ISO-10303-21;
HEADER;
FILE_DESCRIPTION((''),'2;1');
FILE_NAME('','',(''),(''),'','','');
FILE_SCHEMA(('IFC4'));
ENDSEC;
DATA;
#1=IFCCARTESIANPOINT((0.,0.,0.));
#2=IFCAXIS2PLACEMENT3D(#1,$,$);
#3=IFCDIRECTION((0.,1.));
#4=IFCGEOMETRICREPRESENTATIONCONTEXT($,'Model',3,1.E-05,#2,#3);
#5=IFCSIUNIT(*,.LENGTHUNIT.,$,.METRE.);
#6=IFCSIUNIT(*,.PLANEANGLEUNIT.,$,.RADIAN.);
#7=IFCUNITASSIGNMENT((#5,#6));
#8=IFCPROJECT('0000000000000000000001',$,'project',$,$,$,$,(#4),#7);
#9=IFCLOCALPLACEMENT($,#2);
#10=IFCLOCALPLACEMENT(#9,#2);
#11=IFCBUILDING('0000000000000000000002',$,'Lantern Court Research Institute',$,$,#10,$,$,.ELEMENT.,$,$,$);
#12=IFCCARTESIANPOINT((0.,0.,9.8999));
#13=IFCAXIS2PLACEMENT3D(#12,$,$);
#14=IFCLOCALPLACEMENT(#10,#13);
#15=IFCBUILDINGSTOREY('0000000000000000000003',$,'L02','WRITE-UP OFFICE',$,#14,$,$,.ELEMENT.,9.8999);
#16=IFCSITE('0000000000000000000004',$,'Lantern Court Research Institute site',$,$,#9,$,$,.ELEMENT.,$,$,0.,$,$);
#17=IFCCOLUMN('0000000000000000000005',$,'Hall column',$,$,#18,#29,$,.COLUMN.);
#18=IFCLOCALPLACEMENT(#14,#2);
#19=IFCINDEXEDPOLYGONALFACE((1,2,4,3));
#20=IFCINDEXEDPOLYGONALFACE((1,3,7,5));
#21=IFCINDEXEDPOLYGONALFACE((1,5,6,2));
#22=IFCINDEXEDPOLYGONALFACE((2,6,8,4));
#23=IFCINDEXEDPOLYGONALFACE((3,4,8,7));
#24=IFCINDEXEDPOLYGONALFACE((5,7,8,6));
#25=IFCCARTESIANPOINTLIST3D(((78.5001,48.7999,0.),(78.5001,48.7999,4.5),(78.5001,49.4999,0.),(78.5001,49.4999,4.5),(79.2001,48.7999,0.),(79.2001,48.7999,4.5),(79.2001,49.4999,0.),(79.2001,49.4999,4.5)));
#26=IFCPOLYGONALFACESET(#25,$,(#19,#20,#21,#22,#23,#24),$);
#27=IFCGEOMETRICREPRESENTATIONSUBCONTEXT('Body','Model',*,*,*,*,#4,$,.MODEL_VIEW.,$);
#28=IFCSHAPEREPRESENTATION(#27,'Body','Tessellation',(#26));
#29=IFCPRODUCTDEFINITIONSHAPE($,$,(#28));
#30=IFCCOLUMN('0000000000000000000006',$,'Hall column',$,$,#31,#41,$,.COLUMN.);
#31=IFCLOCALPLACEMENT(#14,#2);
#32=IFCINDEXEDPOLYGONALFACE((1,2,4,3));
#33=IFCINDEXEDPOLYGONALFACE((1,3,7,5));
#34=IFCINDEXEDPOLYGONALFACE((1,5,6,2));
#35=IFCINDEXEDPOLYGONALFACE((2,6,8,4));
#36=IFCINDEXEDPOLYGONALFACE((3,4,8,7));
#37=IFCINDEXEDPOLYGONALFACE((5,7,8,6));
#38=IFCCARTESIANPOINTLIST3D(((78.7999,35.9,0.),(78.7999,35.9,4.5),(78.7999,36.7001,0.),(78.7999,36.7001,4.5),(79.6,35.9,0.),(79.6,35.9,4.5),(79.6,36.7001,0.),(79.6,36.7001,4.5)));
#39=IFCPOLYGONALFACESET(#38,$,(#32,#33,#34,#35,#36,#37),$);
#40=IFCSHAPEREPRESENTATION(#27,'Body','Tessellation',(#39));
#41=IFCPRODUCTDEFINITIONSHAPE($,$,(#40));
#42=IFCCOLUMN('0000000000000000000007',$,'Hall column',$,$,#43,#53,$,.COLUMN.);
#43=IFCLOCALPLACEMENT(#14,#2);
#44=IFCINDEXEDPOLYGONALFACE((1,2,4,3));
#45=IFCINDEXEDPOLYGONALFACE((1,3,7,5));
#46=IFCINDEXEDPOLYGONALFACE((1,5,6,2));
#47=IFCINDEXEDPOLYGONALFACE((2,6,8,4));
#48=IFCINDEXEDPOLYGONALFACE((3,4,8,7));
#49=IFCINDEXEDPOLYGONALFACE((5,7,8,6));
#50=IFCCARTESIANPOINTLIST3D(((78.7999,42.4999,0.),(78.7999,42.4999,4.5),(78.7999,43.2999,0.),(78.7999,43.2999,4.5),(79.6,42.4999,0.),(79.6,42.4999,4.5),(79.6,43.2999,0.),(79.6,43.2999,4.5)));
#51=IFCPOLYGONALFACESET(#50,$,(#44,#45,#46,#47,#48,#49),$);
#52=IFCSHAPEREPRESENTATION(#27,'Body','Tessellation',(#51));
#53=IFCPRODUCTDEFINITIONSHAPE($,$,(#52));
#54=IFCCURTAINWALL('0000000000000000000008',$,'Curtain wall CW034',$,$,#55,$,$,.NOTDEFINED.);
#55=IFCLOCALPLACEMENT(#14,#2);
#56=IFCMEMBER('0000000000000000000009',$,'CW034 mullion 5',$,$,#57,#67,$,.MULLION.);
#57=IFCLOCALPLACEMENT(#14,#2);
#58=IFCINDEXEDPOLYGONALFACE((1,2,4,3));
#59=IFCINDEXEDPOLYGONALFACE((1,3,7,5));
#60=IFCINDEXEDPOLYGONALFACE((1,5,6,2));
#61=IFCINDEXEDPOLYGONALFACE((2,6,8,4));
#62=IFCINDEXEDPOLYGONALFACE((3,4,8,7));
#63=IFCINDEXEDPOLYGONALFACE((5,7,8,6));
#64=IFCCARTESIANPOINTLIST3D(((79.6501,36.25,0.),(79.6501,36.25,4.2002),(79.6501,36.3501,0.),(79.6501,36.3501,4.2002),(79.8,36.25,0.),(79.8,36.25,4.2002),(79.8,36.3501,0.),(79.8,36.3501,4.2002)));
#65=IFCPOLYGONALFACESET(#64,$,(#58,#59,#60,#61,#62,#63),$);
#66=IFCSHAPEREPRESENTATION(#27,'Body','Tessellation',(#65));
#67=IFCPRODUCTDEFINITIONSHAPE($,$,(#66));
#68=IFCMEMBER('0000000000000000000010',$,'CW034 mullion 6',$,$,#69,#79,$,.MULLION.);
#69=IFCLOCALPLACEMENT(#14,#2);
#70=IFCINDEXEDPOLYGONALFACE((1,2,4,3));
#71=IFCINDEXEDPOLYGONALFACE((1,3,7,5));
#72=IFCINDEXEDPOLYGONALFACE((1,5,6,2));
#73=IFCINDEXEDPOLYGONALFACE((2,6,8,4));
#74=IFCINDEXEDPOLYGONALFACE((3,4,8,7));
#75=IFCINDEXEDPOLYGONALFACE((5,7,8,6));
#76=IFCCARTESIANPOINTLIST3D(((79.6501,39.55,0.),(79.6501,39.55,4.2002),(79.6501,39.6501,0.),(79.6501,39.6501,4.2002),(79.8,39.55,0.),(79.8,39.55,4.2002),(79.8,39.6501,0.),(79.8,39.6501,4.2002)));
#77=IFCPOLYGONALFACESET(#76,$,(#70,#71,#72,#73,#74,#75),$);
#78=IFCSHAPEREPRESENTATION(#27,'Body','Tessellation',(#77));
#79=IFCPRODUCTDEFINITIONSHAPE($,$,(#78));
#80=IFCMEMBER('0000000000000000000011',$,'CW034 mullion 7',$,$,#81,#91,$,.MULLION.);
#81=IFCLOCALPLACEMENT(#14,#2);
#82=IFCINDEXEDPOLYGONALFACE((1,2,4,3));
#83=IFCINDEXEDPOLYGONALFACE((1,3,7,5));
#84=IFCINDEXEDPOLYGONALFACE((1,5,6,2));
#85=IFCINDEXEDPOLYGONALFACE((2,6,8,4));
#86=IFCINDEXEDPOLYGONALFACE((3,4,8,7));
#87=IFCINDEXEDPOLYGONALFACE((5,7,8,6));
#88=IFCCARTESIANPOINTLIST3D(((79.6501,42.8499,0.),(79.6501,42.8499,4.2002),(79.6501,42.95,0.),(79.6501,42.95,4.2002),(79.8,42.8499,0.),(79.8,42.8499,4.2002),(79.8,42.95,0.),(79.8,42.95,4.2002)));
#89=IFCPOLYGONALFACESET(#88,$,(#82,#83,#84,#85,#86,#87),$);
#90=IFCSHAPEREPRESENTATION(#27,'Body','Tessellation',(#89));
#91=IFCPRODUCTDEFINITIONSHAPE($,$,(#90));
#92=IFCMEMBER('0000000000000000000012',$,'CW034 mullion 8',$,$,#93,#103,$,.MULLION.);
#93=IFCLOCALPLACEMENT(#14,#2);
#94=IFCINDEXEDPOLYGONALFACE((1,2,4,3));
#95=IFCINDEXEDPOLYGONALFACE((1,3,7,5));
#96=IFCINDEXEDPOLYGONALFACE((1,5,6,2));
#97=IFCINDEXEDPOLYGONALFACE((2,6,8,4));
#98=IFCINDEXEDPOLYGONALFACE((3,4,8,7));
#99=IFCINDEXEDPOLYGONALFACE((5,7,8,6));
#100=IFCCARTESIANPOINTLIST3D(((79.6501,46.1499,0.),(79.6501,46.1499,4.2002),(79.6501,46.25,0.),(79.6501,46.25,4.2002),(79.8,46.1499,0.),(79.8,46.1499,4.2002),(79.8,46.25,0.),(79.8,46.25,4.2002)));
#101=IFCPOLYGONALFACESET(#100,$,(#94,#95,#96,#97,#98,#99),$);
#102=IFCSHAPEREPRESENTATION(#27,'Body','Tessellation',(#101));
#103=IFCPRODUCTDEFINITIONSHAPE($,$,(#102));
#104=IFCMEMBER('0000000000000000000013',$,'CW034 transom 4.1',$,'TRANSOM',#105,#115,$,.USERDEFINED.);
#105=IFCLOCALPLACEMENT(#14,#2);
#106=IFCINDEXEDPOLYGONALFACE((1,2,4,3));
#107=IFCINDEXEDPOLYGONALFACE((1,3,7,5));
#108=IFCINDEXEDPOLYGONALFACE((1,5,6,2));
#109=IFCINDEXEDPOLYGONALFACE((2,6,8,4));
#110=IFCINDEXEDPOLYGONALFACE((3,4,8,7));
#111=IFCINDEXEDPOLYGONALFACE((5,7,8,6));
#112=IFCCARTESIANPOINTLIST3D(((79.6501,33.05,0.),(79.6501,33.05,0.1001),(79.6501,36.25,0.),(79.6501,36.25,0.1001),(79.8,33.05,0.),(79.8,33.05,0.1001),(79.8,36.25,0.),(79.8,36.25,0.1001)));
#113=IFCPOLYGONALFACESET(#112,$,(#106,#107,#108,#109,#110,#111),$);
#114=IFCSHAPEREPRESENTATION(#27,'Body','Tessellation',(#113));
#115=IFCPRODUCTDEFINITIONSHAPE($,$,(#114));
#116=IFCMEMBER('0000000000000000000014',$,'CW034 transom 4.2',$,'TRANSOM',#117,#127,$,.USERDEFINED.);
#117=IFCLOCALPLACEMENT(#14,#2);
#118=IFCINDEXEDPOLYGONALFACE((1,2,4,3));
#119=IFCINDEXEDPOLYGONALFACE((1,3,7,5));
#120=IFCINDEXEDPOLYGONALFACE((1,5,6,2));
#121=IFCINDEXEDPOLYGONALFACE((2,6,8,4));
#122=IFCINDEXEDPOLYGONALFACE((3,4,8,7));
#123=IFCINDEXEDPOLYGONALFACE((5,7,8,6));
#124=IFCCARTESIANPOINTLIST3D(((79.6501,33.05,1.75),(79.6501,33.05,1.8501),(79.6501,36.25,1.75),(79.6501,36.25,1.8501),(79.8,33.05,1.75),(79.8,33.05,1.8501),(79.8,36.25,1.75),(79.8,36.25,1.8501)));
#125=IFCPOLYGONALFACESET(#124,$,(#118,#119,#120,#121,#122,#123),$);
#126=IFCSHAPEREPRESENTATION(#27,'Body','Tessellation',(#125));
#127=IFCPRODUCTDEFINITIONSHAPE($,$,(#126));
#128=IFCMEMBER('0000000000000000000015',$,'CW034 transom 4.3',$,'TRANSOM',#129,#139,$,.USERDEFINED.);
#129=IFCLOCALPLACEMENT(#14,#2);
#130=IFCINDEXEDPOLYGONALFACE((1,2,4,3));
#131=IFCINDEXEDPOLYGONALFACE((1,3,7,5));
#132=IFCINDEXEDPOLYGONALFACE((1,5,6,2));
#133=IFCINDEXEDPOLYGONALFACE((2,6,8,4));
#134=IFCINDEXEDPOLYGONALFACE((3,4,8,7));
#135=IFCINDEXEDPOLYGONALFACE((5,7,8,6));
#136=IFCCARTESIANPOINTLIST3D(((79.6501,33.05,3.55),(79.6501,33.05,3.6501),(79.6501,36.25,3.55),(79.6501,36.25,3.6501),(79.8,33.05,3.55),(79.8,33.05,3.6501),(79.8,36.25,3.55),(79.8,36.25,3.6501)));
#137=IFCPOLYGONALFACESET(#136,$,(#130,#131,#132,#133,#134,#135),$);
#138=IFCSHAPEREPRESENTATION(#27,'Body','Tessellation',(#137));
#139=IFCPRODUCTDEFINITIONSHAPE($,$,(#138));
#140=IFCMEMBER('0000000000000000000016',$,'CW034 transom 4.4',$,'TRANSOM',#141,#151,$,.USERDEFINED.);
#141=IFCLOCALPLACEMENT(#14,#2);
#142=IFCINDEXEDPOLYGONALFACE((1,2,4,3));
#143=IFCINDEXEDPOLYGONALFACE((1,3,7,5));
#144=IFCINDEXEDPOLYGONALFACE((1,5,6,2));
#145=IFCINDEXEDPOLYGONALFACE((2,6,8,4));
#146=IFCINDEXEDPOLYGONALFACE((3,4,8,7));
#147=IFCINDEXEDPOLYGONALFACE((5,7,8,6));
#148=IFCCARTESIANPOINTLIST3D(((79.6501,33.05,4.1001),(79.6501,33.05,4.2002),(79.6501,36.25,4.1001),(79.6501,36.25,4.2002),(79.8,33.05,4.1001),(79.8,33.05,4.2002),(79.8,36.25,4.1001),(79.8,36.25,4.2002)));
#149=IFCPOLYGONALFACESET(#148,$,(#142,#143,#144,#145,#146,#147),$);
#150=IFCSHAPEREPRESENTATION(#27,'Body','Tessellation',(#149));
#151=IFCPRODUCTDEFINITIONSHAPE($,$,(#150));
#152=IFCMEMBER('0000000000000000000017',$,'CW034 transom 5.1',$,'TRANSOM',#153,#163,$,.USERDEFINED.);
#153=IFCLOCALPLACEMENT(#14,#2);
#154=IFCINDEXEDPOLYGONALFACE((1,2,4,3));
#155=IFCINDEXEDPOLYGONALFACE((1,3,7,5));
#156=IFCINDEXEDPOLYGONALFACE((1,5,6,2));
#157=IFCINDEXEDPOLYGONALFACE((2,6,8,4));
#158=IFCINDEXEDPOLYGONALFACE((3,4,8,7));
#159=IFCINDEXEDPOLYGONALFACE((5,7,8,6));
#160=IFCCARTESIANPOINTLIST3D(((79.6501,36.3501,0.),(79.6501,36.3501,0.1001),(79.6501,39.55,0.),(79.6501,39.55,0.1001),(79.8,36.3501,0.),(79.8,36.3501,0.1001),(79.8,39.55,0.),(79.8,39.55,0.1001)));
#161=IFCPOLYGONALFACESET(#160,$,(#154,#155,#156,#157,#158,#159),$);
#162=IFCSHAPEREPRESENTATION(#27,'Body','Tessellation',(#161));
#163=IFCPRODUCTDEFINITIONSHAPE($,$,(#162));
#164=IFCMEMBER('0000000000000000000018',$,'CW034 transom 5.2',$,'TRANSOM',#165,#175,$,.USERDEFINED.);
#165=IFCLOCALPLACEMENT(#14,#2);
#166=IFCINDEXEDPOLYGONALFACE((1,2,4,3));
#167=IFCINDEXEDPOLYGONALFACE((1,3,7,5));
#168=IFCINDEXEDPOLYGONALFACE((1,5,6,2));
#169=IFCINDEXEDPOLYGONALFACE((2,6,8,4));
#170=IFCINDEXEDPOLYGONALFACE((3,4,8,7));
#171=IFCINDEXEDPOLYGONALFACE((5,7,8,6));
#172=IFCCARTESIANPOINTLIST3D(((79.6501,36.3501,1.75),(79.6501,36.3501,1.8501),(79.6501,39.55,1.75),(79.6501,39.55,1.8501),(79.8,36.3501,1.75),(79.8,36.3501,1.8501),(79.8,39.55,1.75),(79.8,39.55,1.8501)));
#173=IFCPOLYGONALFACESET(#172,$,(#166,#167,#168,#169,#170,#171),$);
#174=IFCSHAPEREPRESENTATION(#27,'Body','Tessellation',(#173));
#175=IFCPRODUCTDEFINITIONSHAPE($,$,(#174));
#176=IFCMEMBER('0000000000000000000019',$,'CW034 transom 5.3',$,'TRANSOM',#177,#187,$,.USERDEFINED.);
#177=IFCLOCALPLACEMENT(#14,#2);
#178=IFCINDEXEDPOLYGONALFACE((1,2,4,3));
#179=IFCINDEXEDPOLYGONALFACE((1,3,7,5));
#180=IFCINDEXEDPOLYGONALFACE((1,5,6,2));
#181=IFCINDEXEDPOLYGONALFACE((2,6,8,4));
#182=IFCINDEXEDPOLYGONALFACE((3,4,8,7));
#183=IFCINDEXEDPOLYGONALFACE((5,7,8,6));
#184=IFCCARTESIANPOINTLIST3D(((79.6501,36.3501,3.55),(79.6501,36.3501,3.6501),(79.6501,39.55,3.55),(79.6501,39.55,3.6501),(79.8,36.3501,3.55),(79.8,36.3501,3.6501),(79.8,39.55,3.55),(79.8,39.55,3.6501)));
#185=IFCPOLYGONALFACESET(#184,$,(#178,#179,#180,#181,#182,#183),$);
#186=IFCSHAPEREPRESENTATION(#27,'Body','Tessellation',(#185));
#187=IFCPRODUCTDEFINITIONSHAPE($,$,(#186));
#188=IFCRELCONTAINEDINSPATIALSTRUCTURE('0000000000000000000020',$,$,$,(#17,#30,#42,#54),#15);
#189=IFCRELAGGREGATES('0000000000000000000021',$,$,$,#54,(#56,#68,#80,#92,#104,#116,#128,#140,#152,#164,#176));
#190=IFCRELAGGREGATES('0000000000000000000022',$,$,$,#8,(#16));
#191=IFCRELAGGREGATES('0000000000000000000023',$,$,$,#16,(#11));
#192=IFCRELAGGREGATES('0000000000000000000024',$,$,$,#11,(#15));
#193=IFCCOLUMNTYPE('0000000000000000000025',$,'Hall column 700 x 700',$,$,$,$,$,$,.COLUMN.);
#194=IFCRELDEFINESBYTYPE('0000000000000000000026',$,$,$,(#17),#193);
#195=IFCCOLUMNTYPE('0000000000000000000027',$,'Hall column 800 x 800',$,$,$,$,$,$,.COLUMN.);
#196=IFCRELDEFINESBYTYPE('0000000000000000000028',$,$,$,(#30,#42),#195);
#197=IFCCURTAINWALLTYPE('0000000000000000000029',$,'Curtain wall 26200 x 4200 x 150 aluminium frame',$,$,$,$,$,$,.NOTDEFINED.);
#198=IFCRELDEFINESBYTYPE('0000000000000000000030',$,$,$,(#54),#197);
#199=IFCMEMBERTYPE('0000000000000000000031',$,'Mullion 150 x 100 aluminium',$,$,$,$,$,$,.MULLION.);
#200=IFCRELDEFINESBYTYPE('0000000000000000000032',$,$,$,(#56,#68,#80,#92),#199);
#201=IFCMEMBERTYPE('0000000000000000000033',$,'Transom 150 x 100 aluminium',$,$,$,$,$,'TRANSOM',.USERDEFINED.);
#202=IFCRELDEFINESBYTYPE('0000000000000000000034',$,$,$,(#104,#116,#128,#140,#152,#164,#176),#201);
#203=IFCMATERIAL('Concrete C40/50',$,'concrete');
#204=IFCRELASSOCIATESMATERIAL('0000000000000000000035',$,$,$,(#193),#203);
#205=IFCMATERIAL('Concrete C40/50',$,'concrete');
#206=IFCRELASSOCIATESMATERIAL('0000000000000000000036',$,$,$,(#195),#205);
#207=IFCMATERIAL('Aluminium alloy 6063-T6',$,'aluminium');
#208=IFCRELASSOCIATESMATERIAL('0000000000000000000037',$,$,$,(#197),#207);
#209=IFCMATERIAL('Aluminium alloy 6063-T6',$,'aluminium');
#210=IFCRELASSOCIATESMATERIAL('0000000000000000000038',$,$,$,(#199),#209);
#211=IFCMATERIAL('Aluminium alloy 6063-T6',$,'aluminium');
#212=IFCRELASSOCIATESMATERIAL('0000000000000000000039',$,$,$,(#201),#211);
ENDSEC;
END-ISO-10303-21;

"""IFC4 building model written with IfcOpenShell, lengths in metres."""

from ifc_helpers import new_model, si_unit, direction, frame, origin, origin_2d, place, context, subcontext, project, spatial, rectangle, extrude, material, material_profile, profile_set, type_object, element, aggregate, save


model = new_model("IFC4")

# Units and contexts
model_context = context("Model", 3, precision=1e-05, world=origin(), true_north=direction((0.0, 1.0)))
body_context = subcontext(model_context, "Body", "Model", "MODEL_VIEW")
ifc_project = project(units=[si_unit("LENGTHUNIT", "METRE"), si_unit("PLANEANGLEUNIT", "RADIAN")], contexts=[model_context])

# Site, building, storey
site_placement = place(None, origin())
site = spatial("IfcSite", under=ifc_project, at=site_placement, Name="Lantern Court Research Institute site", CompositionType="ELEMENT", RefElevation=0.0)
building_placement = place(site_placement, origin())
building = spatial("IfcBuilding", under=site, at=building_placement, Name="Lantern Court Research Institute", CompositionType="ELEMENT")
storey_placement = place(building_placement, frame((0.0, 0.0, 9.8999)))
storey = spatial("IfcBuildingStorey", under=building, at=storey_placement, Name="L02", Description="WRITE-UP OFFICE", CompositionType="ELEMENT", Elevation=9.8999)

# Columns
ifc_material_1 = material(Name="Concrete C40/50", Category="concrete")
ifc_material_profile_1 = material_profile(ifc_material_1, rectangle(XDim=0.7, YDim=0.7, at=origin_2d()), Name="Hall column 700 x 700")
ifc_profile_set_1 = profile_set([ifc_material_profile_1], Name="Concrete C40/50")
column_type_1 = type_object("IfcColumnType", Name="Hall column 700 x 700", PredefinedType="COLUMN", material=ifc_profile_set_1)
column_placement = place(storey_placement, frame((78.8501, 49.1499, 0.0), z_axis=(0.0, 0.0, 1.0), x_axis=(1.0, 0.0, 0.0)))
element("IfcColumn", 1, at=column_placement, inside=storey, type_object=column_type_1, Name="Hall column", PredefinedType="COLUMN", context=body_context, shape_type="SweptSolid", body=[
    extrude(rectangle(XDim=0.7, YDim=0.7, at=origin_2d()), origin(), (0.0, 0.0, 1.0), 4.5),
])
ifc_material_2 = material(Name="Concrete C40/50", Category="concrete")
ifc_material_profile_2 = material_profile(ifc_material_2, rectangle(XDim=0.8, YDim=0.8, at=origin_2d()), Name="Hall column 800 x 800")
ifc_profile_set_2 = profile_set([ifc_material_profile_2], Name="Concrete C40/50")
column_type_2 = type_object("IfcColumnType", Name="Hall column 800 x 800", PredefinedType="COLUMN", material=ifc_profile_set_2)
for number, where, z_axis, x_axis, name in (
    (2, (79.2, 36.3, 0.0), (0.0, 0.0, 1.0), (1.0, 0.0, 0.0), "Hall column"),
    (3, (79.2, 42.8999, 0.0), (0.0, 0.0, 1.0), (1.0, 0.0, 0.0), "Hall column"),
):
    element("IfcColumn", number, at=place(storey_placement, frame(where, z_axis=z_axis, x_axis=x_axis)), inside=storey, type_object=column_type_2, Name=name, PredefinedType="COLUMN", context=body_context, shape_type="SweptSolid", body=[
        extrude(rectangle(XDim=0.8, YDim=0.8, at=origin_2d()), origin(), (0.0, 0.0, 1.0), 4.5),
    ])

# Curtain wall, members
ifc_material_3 = material(Name="Aluminium alloy 6063-T6", Category="aluminium")
curtain_wall_type = type_object("IfcCurtainWallType", Name="Curtain wall 26200 x 4200 x 150 aluminium frame", PredefinedType="NOTDEFINED", material=ifc_material_3)
curtain_wall_placement = place(storey_placement, origin())
curtain_wall = element("IfcCurtainWall", 4, at=curtain_wall_placement, inside=storey, type_object=curtain_wall_type, Name="Curtain wall CW034", PredefinedType="NOTDEFINED")
ifc_material_4 = material(Name="Aluminium alloy 6063-T6", Category="aluminium")
ifc_material_profile_3 = material_profile(ifc_material_4, rectangle(XDim=0.1499, YDim=0.1001, at=origin_2d()), Name="Mullion 150 x 100")
ifc_profile_set_3 = profile_set([ifc_material_profile_3], Name="Aluminium alloy 6063-T6")
member_type_1 = type_object("IfcMemberType", Name="Mullion 150 x 100 aluminium", PredefinedType="MULLION", material=ifc_profile_set_3)
member_1_placement = place(storey_placement, frame((79.7251, 36.3, 0.0), z_axis=(0.0, 0.0, 1.0), x_axis=(1.0, 0.0, 0.0)))
member_1 = element("IfcMember", 5, at=member_1_placement, type_object=member_type_1, Name="CW034 mullion 5", PredefinedType="MULLION", context=body_context, shape_type="SweptSolid", body=[
    extrude(rectangle(XDim=0.1499, YDim=0.1001, at=origin_2d()), origin(), (0.0, 0.0, 1.0), 4.2002),
])
member_2_placement = place(storey_placement, frame((79.7251, 39.6001, 0.0), z_axis=(0.0, 0.0, 1.0), x_axis=(1.0, 0.0, 0.0)))
member_2 = element("IfcMember", 6, at=member_2_placement, type_object=member_type_1, Name="CW034 mullion 6", PredefinedType="MULLION", context=body_context, shape_type="SweptSolid", body=[
    extrude(rectangle(XDim=0.1499, YDim=0.1001, at=origin_2d()), origin(), (0.0, 0.0, 1.0), 4.2002),
])
member_3_placement = place(storey_placement, frame((79.7251, 42.8999, 0.0), z_axis=(0.0, 0.0, 1.0), x_axis=(1.0, 0.0, 0.0)))
member_3 = element("IfcMember", 7, at=member_3_placement, type_object=member_type_1, Name="CW034 mullion 7", PredefinedType="MULLION", context=body_context, shape_type="SweptSolid", body=[
    extrude(rectangle(XDim=0.1499, YDim=0.1001, at=origin_2d()), origin(), (0.0, 0.0, 1.0), 4.2002),
])
member_4_placement = place(storey_placement, frame((79.7251, 46.2, 0.0), z_axis=(0.0, 0.0, 1.0), x_axis=(1.0, 0.0, 0.0)))
member_4 = element("IfcMember", 8, at=member_4_placement, type_object=member_type_1, Name="CW034 mullion 8", PredefinedType="MULLION", context=body_context, shape_type="SweptSolid", body=[
    extrude(rectangle(XDim=0.1499, YDim=0.1001, at=origin_2d()), origin(), (0.0, 0.0, 1.0), 4.2002),
])
ifc_material_5 = material(Name="Aluminium alloy 6063-T6", Category="aluminium")
ifc_material_profile_4 = material_profile(ifc_material_5, rectangle(XDim=0.1499, YDim=0.1001, at=origin_2d()), Name="Transom 150 x 100")
ifc_profile_set_4 = profile_set([ifc_material_profile_4], Name="Aluminium alloy 6063-T6")
member_type_2 = type_object("IfcMemberType", Name="Transom 150 x 100 aluminium", ElementType="TRANSOM", PredefinedType="USERDEFINED", material=ifc_profile_set_4)
member_5_placement = place(storey_placement, frame((79.7251, 36.25, 0.05), z_axis=(0.0, -1.0, 0.0), x_axis=(1.0, 0.0, 0.0)))
member_5 = element("IfcMember", 9, at=member_5_placement, type_object=member_type_2, Name="CW034 transom 4.1", ObjectType="TRANSOM", PredefinedType="USERDEFINED", context=body_context, shape_type="SweptSolid", body=[
    extrude(rectangle(XDim=0.1499, YDim=0.1001, at=origin_2d()), origin(), (0.0, 0.0, 1.0), 3.2),
])
member_6_placement = place(storey_placement, frame((79.7251, 36.25, 1.8), z_axis=(0.0, -1.0, 0.0), x_axis=(1.0, 0.0, 0.0)))
member_6 = element("IfcMember", 10, at=member_6_placement, type_object=member_type_2, Name="CW034 transom 4.2", ObjectType="TRANSOM", PredefinedType="USERDEFINED", context=body_context, shape_type="SweptSolid", body=[
    extrude(rectangle(XDim=0.1499, YDim=0.1001, at=origin_2d()), origin(), (0.0, 0.0, 1.0), 3.2),
])
member_7_placement = place(storey_placement, frame((79.7251, 36.25, 3.6001), z_axis=(0.0, -1.0, 0.0), x_axis=(1.0, 0.0, 0.0)))
member_7 = element("IfcMember", 11, at=member_7_placement, type_object=member_type_2, Name="CW034 transom 4.3", ObjectType="TRANSOM", PredefinedType="USERDEFINED", context=body_context, shape_type="SweptSolid", body=[
    extrude(rectangle(XDim=0.1499, YDim=0.1001, at=origin_2d()), origin(), (0.0, 0.0, 1.0), 3.2),
])
member_8_placement = place(storey_placement, frame((79.7251, 36.25, 4.1501), z_axis=(0.0, -1.0, 0.0), x_axis=(1.0, 0.0, 0.0)))
member_8 = element("IfcMember", 12, at=member_8_placement, type_object=member_type_2, Name="CW034 transom 4.4", ObjectType="TRANSOM", PredefinedType="USERDEFINED", context=body_context, shape_type="SweptSolid", body=[
    extrude(rectangle(XDim=0.1499, YDim=0.1001, at=origin_2d()), origin(), (0.0, 0.0, 1.0), 3.2),
])
member_9_placement = place(storey_placement, frame((79.7251, 39.55, 0.05), z_axis=(0.0, -1.0, 0.0), x_axis=(1.0, 0.0, 0.0)))
member_9 = element("IfcMember", 13, at=member_9_placement, type_object=member_type_2, Name="CW034 transom 5.1", ObjectType="TRANSOM", PredefinedType="USERDEFINED", context=body_context, shape_type="SweptSolid", body=[
    extrude(rectangle(XDim=0.1499, YDim=0.1001, at=origin_2d()), origin(), (0.0, 0.0, 1.0), 3.2),
])
member_10_placement = place(storey_placement, frame((79.7251, 39.55, 1.8), z_axis=(0.0, -1.0, 0.0), x_axis=(1.0, 0.0, 0.0)))
member_10 = element("IfcMember", 14, at=member_10_placement, type_object=member_type_2, Name="CW034 transom 5.2", ObjectType="TRANSOM", PredefinedType="USERDEFINED", context=body_context, shape_type="SweptSolid", body=[
    extrude(rectangle(XDim=0.1499, YDim=0.1001, at=origin_2d()), origin(), (0.0, 0.0, 1.0), 3.2),
])
member_11_placement = place(storey_placement, frame((79.7251, 39.55, 3.6001), z_axis=(0.0, -1.0, 0.0), x_axis=(1.0, 0.0, 0.0)))
member_11 = element("IfcMember", 15, at=member_11_placement, type_object=member_type_2, Name="CW034 transom 5.3", ObjectType="TRANSOM", PredefinedType="USERDEFINED", context=body_context, shape_type="SweptSolid", body=[
    extrude(rectangle(XDim=0.1499, YDim=0.1001, at=origin_2d()), origin(), (0.0, 0.0, 1.0), 3.2),
])
aggregate(curtain_wall, [member_1, member_2, member_3, member_4, member_5, member_6, member_7, member_8, member_9, member_10, member_11])

save(model, "model.ifc")
